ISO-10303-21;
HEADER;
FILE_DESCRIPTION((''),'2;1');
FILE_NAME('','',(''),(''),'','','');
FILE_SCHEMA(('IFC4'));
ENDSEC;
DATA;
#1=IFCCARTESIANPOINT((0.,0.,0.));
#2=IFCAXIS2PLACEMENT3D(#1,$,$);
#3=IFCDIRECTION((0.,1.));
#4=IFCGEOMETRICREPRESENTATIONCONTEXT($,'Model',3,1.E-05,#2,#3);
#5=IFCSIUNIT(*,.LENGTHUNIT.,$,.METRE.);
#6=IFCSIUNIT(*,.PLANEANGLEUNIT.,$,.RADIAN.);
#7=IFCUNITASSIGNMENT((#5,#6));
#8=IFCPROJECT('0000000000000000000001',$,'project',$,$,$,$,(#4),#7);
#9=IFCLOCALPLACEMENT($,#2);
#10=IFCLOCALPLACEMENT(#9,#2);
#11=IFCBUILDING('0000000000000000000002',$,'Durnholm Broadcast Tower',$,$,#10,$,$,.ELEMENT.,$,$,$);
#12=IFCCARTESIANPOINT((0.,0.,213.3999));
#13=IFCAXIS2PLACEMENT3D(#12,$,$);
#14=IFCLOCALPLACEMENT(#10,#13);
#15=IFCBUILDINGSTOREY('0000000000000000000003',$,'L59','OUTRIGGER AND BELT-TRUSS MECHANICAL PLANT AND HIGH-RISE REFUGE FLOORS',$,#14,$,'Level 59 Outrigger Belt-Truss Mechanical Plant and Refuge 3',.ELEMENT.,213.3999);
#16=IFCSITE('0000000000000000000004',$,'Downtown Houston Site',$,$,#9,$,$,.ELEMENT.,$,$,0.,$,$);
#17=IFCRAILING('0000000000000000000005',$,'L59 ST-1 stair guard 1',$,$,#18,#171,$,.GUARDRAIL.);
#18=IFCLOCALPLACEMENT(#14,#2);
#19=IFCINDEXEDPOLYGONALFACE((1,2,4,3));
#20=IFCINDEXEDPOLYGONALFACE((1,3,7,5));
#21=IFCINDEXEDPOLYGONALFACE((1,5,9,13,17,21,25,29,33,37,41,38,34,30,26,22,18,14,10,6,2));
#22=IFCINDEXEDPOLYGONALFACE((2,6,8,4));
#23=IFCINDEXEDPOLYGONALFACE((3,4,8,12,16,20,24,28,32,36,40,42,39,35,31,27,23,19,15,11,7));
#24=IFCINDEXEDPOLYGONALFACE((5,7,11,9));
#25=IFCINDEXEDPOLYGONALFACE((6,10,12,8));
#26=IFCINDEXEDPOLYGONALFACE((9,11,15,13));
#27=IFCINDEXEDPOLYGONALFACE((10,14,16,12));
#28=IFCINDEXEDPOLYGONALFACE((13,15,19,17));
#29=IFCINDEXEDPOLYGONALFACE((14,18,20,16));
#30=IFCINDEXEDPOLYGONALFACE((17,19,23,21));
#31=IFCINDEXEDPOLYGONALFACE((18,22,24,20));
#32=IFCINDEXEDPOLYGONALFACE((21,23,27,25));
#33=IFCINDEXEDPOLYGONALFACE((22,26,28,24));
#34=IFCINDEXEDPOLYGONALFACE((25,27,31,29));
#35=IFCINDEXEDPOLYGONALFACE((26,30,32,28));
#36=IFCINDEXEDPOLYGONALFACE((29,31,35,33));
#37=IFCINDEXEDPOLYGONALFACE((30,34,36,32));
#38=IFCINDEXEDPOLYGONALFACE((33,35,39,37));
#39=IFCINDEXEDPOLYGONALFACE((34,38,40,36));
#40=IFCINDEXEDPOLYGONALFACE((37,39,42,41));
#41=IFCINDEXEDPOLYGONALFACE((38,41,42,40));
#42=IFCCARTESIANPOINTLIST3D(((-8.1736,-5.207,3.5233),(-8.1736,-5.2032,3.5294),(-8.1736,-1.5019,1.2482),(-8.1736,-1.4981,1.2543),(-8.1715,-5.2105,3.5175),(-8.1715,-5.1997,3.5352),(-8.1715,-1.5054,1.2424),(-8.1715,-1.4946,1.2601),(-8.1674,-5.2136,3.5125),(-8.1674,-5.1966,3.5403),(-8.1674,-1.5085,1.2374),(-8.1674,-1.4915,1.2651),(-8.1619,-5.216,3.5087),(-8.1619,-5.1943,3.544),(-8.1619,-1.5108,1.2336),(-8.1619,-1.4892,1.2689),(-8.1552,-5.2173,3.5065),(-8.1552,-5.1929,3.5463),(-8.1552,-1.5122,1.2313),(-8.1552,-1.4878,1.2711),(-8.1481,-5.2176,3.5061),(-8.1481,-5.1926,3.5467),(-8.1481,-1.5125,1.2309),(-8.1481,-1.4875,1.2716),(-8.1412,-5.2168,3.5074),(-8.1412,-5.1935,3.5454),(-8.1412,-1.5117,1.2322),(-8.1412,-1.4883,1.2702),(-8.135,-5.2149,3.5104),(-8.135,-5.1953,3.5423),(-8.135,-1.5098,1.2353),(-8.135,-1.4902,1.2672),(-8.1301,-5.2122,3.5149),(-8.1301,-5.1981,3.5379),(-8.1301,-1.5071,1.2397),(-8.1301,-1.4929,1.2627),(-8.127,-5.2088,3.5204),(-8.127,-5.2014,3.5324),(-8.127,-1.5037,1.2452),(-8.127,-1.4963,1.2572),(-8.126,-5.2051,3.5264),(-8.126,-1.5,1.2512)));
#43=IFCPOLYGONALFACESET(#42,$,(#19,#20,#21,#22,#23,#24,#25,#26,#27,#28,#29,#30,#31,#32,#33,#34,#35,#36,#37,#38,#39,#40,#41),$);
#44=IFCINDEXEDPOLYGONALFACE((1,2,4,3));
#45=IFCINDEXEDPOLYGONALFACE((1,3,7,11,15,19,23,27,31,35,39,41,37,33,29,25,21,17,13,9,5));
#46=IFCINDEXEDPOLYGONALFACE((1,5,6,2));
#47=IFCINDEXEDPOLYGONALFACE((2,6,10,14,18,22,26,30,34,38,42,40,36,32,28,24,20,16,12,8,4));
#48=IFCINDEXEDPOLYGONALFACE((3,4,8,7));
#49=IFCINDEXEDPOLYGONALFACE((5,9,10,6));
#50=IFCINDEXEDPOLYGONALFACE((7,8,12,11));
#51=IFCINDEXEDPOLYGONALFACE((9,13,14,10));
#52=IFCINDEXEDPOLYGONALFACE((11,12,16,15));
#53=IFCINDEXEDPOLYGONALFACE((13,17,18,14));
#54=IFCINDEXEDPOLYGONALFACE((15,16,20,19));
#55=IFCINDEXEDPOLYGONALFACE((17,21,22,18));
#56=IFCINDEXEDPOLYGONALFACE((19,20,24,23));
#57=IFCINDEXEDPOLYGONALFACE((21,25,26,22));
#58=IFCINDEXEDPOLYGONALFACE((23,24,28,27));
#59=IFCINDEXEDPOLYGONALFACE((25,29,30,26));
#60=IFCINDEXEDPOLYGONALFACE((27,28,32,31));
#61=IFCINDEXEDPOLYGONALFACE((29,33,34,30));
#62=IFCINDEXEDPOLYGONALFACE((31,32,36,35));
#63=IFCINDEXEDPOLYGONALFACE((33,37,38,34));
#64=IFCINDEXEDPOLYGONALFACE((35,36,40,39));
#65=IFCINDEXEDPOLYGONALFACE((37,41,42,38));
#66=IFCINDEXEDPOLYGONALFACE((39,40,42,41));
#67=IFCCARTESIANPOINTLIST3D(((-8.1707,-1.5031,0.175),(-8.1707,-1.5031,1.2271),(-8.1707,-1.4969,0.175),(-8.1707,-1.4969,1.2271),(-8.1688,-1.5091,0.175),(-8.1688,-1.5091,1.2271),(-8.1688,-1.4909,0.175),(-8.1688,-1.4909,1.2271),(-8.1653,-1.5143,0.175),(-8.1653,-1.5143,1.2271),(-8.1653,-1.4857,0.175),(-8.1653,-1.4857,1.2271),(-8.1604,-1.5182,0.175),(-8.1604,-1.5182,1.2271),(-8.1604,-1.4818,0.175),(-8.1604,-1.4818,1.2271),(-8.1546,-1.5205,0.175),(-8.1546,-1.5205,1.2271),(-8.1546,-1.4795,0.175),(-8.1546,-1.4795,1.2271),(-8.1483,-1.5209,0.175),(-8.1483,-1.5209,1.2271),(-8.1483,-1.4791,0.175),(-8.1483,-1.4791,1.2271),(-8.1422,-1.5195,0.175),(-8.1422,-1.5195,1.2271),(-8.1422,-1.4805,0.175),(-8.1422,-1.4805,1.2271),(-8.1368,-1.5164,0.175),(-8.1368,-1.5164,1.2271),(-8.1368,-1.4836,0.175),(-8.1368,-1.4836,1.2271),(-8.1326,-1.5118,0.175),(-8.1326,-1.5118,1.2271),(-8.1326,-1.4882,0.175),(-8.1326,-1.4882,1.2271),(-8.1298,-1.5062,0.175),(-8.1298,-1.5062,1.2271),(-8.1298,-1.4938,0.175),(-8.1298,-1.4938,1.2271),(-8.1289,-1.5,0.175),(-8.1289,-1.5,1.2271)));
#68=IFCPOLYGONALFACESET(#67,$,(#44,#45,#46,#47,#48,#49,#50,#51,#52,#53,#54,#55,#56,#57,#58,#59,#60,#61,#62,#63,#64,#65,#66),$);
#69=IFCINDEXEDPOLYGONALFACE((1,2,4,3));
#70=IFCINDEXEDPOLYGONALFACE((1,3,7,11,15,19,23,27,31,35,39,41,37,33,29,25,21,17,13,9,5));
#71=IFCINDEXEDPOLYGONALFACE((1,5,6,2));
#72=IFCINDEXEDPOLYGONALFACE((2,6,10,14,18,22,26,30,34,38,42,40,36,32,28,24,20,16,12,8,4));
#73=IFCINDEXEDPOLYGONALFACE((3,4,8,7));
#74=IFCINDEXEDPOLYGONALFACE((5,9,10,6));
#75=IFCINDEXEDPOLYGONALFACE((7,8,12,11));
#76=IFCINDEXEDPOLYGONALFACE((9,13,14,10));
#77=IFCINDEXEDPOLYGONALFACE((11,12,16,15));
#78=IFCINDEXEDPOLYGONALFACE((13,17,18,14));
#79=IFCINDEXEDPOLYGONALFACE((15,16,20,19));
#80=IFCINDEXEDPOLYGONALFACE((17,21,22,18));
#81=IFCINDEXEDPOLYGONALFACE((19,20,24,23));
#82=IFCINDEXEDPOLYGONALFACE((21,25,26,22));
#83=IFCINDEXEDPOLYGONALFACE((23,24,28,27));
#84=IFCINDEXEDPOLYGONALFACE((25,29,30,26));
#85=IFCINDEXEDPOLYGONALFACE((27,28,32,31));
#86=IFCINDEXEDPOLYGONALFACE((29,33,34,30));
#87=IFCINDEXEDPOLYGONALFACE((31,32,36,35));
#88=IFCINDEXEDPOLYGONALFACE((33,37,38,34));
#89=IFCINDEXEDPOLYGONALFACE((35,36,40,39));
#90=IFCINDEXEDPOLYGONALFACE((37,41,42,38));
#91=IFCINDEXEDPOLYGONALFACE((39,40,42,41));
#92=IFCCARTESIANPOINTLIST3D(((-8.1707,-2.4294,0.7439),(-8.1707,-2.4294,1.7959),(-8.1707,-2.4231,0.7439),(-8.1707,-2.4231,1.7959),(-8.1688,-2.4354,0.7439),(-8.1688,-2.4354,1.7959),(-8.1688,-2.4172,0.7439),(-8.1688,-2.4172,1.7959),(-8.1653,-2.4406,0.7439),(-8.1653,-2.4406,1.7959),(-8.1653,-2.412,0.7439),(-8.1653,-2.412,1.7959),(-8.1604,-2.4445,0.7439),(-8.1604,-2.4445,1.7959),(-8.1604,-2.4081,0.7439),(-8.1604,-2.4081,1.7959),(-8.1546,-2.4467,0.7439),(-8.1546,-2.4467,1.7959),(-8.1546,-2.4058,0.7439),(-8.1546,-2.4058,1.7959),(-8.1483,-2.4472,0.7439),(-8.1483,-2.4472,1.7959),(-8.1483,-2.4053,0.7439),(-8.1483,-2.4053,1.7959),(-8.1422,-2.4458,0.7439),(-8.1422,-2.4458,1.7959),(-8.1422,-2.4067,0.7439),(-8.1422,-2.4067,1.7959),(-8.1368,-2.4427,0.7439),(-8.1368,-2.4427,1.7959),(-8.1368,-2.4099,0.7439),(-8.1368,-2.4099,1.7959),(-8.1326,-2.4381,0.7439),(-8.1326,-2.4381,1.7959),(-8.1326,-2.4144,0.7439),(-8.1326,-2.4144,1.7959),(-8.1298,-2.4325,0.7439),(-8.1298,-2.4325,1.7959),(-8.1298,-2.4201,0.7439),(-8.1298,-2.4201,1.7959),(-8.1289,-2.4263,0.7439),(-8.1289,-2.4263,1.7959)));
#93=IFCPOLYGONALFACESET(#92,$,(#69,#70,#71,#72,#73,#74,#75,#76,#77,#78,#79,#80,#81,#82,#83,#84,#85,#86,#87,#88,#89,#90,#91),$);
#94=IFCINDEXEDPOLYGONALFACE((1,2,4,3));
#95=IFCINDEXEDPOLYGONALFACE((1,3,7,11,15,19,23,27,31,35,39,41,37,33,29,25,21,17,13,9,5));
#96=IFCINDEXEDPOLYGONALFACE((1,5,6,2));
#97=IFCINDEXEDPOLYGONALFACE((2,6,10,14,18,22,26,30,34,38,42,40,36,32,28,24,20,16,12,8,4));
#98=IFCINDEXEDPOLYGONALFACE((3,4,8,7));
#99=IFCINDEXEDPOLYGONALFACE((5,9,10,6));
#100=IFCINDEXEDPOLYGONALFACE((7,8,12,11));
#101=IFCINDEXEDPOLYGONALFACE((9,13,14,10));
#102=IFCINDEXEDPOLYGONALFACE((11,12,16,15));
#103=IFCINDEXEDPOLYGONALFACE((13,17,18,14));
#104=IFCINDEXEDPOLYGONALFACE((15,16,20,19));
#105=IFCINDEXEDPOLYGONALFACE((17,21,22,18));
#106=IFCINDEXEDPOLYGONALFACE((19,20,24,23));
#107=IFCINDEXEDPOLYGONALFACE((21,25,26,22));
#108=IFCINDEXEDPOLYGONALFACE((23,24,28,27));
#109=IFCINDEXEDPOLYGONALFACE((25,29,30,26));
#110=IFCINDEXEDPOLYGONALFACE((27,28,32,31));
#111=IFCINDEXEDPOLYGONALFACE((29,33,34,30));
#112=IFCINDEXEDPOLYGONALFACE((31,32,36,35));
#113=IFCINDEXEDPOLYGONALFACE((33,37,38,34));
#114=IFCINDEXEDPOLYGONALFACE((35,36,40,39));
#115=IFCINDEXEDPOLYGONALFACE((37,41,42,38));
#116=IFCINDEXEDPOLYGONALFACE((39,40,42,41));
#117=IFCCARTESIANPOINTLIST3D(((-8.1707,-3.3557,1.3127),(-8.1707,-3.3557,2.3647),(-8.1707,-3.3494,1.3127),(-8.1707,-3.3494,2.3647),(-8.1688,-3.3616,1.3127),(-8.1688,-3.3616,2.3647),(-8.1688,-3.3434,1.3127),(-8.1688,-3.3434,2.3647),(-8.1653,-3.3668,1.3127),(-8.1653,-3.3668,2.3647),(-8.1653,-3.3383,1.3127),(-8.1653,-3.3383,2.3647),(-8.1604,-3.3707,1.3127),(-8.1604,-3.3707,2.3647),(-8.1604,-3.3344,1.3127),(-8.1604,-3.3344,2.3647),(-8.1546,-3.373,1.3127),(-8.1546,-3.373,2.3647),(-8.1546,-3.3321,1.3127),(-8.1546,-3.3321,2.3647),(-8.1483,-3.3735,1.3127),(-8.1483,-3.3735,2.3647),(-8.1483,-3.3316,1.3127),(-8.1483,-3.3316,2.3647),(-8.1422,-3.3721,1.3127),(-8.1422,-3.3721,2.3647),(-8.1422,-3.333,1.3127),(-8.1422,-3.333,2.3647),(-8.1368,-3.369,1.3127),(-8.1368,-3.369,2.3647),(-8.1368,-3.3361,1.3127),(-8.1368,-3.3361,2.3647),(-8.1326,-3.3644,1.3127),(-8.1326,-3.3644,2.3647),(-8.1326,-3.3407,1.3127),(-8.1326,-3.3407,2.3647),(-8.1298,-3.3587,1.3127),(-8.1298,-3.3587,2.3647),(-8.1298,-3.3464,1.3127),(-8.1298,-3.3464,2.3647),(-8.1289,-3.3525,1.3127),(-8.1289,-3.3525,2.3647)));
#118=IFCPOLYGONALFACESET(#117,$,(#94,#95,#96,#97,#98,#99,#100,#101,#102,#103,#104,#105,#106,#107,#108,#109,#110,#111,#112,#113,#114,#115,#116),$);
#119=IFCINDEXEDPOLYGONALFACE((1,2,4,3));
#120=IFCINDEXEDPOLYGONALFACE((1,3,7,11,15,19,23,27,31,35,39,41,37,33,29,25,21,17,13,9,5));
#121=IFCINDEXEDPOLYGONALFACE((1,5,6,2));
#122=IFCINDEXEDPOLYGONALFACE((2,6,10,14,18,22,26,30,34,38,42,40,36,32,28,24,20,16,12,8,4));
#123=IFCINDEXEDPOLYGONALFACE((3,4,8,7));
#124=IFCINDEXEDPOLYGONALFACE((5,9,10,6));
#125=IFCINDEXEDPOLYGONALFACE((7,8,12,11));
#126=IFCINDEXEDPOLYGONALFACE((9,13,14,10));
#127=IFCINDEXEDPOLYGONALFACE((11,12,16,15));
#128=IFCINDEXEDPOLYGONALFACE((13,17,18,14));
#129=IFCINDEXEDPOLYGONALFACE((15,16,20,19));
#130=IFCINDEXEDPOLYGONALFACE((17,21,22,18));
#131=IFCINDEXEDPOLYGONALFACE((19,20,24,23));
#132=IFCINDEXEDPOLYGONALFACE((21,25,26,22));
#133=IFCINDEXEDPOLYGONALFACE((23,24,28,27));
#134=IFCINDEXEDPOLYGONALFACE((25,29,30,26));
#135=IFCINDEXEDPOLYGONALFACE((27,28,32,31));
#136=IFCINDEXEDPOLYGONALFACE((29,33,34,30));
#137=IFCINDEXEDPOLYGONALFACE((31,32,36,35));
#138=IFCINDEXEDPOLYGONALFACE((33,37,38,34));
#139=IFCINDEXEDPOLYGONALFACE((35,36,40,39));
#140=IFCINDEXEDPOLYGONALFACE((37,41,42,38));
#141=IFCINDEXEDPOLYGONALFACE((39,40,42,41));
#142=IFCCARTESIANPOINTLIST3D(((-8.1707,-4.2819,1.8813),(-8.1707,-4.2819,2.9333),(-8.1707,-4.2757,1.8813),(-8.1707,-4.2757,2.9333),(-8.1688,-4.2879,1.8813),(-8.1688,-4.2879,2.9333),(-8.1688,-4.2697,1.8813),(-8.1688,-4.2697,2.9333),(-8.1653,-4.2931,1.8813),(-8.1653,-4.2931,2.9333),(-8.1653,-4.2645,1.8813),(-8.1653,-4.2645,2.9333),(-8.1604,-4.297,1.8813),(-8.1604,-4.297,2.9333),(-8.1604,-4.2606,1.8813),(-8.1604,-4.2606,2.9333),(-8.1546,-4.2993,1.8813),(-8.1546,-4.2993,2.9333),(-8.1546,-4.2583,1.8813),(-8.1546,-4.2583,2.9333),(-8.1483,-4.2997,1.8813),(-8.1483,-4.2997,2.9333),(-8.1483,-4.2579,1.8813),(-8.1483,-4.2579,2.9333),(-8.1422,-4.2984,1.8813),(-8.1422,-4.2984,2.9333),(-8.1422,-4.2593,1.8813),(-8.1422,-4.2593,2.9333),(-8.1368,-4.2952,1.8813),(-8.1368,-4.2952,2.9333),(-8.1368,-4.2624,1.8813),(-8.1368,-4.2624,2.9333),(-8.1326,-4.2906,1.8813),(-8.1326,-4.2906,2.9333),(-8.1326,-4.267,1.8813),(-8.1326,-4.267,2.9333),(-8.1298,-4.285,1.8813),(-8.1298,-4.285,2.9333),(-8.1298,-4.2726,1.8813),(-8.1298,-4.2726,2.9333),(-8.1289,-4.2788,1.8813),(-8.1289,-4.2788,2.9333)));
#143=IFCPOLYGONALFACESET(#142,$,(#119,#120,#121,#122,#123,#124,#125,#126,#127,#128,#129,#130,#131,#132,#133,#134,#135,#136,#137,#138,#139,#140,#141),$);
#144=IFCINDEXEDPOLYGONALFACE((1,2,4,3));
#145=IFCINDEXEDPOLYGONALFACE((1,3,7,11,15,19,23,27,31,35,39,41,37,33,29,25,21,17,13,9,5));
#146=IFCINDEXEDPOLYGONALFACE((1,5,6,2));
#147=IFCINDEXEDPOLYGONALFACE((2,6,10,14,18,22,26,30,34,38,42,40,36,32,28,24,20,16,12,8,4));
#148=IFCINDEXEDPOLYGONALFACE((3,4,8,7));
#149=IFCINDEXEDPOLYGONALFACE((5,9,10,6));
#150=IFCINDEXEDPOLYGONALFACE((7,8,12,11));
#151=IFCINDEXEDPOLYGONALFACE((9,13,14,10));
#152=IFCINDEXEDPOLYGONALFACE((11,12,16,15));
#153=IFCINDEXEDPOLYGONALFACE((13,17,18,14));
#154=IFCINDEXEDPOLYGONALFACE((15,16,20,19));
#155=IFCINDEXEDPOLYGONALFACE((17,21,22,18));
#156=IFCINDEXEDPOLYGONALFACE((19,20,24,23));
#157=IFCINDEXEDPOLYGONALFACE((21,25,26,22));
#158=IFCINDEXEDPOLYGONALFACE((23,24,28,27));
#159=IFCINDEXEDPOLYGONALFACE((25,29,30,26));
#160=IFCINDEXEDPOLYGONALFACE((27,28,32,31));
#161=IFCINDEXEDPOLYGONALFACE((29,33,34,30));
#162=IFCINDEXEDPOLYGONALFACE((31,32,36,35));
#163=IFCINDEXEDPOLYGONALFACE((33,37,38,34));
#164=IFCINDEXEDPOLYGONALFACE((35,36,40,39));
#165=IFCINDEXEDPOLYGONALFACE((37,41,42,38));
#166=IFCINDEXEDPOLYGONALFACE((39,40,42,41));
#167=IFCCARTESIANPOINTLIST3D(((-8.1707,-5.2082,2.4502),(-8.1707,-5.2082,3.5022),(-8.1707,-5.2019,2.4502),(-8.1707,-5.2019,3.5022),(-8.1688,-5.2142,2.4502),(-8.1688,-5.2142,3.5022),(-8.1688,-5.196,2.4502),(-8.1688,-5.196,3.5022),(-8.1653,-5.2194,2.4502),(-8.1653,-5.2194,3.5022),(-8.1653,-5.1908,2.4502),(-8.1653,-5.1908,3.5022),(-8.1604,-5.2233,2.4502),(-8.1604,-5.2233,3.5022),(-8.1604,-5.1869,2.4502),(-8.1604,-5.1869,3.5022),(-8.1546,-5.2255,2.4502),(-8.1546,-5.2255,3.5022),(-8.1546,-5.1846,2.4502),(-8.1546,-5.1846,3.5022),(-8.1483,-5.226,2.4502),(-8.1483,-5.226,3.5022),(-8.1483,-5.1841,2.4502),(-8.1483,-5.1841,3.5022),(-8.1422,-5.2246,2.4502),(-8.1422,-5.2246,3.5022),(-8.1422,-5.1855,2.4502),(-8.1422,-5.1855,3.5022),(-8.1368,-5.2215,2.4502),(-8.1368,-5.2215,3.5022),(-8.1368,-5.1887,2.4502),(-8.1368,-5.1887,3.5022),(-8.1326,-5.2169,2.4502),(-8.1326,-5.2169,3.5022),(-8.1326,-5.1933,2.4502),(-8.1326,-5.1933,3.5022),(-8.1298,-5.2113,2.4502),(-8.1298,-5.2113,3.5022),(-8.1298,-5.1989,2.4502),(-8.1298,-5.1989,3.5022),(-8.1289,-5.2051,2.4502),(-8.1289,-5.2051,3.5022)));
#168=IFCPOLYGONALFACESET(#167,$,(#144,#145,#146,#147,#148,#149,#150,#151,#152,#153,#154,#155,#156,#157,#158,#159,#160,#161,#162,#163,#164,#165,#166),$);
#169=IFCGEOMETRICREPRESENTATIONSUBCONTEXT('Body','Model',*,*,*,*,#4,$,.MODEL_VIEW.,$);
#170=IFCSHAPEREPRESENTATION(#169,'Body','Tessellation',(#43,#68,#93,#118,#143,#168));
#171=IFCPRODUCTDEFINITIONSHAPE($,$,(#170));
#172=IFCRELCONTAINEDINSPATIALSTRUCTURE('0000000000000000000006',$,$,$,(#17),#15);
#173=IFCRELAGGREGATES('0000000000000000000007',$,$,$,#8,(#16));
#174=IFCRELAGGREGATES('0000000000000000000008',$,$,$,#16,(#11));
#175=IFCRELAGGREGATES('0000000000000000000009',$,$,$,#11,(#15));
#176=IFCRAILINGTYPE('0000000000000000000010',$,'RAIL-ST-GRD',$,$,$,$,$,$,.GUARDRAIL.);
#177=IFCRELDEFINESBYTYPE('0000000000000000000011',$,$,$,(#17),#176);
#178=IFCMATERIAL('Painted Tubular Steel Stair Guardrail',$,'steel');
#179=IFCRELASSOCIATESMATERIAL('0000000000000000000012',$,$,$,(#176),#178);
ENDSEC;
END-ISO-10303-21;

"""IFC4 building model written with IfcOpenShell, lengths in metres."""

from ifc_helpers import new_model, si_unit, direction, frame, origin, origin_2d, place, context, subcontext, project, spatial, circle, extrude, material, type_object, element, save


model = new_model("IFC4")

# Units and contexts
model_context = context("Model", 3, precision=1e-05, world=origin(), true_north=direction((0.0, 1.0)))
body_context = subcontext(model_context, "Body", "Model", "MODEL_VIEW")
ifc_project = project(units=[si_unit("LENGTHUNIT", "METRE"), si_unit("PLANEANGLEUNIT", "RADIAN")], contexts=[model_context])

# Site, building, storey
site_placement = place(None, origin())
site = spatial("IfcSite", under=ifc_project, at=site_placement, Name="Downtown Houston Site", CompositionType="ELEMENT", RefElevation=0.0)
building_placement = place(site_placement, origin())
building = spatial("IfcBuilding", under=site, at=building_placement, Name="Durnholm Broadcast Tower", CompositionType="ELEMENT")
storey_placement = place(building_placement, frame((0.0, 0.0, 213.3999)))
storey = spatial("IfcBuildingStorey", under=building, at=storey_placement, Name="L59", Description="OUTRIGGER AND BELT-TRUSS MECHANICAL PLANT AND HIGH-RISE REFUGE FLOORS", LongName="Level 59 Outrigger Belt-Truss Mechanical Plant and Refuge 3", CompositionType="ELEMENT", Elevation=213.3999)

# Railing
ifc_material_1 = material(Name="Painted Tubular Steel Stair Guardrail", Category="steel")
railing_type_1 = type_object("IfcRailingType", Name="RAIL-ST-GRD", PredefinedType="GUARDRAIL", material=ifc_material_1)
railing_1_placement = place(storey_placement, frame((-8.1499, -1.5, 0.175)))
element("IfcRailing", 1, at=railing_1_placement, inside=storey, type_object=railing_type_1, Name="L59 ST-1 stair guard 1", PredefinedType="GUARDRAIL", context=body_context, shape_type="SweptSolid", body=[
    extrude(circle(Radius=0.0239, at=origin_2d()), frame((0.0, 0.0, 1.0762), z_axis=(0.0, -0.852161, 0.523279), x_axis=(1.0, 0.0, 0.0)), (0.0, 0.0, 1.0), 4.3479),
    extrude(circle(Radius=0.021, at=origin_2d()), origin(), (0.0, 0.0, 1.0), 1.052),
    extrude(circle(Radius=0.021, at=origin_2d()), frame((0.0, -0.9263, 0.5688)), (0.0, 0.0, 1.0), 1.052),
    extrude(circle(Radius=0.021, at=origin_2d()), frame((0.0, -1.8525, 1.1377)), (0.0, 0.0, 1.0), 1.052),
    extrude(circle(Radius=0.021, at=origin_2d()), frame((0.0, -2.7788, 1.7063)), (0.0, 0.0, 1.0), 1.052),
    extrude(circle(Radius=0.021, at=origin_2d()), frame((0.0, -3.7051, 2.2751)), (0.0, 0.0, 1.0), 1.052),
])

save(model, "model.ifc")
